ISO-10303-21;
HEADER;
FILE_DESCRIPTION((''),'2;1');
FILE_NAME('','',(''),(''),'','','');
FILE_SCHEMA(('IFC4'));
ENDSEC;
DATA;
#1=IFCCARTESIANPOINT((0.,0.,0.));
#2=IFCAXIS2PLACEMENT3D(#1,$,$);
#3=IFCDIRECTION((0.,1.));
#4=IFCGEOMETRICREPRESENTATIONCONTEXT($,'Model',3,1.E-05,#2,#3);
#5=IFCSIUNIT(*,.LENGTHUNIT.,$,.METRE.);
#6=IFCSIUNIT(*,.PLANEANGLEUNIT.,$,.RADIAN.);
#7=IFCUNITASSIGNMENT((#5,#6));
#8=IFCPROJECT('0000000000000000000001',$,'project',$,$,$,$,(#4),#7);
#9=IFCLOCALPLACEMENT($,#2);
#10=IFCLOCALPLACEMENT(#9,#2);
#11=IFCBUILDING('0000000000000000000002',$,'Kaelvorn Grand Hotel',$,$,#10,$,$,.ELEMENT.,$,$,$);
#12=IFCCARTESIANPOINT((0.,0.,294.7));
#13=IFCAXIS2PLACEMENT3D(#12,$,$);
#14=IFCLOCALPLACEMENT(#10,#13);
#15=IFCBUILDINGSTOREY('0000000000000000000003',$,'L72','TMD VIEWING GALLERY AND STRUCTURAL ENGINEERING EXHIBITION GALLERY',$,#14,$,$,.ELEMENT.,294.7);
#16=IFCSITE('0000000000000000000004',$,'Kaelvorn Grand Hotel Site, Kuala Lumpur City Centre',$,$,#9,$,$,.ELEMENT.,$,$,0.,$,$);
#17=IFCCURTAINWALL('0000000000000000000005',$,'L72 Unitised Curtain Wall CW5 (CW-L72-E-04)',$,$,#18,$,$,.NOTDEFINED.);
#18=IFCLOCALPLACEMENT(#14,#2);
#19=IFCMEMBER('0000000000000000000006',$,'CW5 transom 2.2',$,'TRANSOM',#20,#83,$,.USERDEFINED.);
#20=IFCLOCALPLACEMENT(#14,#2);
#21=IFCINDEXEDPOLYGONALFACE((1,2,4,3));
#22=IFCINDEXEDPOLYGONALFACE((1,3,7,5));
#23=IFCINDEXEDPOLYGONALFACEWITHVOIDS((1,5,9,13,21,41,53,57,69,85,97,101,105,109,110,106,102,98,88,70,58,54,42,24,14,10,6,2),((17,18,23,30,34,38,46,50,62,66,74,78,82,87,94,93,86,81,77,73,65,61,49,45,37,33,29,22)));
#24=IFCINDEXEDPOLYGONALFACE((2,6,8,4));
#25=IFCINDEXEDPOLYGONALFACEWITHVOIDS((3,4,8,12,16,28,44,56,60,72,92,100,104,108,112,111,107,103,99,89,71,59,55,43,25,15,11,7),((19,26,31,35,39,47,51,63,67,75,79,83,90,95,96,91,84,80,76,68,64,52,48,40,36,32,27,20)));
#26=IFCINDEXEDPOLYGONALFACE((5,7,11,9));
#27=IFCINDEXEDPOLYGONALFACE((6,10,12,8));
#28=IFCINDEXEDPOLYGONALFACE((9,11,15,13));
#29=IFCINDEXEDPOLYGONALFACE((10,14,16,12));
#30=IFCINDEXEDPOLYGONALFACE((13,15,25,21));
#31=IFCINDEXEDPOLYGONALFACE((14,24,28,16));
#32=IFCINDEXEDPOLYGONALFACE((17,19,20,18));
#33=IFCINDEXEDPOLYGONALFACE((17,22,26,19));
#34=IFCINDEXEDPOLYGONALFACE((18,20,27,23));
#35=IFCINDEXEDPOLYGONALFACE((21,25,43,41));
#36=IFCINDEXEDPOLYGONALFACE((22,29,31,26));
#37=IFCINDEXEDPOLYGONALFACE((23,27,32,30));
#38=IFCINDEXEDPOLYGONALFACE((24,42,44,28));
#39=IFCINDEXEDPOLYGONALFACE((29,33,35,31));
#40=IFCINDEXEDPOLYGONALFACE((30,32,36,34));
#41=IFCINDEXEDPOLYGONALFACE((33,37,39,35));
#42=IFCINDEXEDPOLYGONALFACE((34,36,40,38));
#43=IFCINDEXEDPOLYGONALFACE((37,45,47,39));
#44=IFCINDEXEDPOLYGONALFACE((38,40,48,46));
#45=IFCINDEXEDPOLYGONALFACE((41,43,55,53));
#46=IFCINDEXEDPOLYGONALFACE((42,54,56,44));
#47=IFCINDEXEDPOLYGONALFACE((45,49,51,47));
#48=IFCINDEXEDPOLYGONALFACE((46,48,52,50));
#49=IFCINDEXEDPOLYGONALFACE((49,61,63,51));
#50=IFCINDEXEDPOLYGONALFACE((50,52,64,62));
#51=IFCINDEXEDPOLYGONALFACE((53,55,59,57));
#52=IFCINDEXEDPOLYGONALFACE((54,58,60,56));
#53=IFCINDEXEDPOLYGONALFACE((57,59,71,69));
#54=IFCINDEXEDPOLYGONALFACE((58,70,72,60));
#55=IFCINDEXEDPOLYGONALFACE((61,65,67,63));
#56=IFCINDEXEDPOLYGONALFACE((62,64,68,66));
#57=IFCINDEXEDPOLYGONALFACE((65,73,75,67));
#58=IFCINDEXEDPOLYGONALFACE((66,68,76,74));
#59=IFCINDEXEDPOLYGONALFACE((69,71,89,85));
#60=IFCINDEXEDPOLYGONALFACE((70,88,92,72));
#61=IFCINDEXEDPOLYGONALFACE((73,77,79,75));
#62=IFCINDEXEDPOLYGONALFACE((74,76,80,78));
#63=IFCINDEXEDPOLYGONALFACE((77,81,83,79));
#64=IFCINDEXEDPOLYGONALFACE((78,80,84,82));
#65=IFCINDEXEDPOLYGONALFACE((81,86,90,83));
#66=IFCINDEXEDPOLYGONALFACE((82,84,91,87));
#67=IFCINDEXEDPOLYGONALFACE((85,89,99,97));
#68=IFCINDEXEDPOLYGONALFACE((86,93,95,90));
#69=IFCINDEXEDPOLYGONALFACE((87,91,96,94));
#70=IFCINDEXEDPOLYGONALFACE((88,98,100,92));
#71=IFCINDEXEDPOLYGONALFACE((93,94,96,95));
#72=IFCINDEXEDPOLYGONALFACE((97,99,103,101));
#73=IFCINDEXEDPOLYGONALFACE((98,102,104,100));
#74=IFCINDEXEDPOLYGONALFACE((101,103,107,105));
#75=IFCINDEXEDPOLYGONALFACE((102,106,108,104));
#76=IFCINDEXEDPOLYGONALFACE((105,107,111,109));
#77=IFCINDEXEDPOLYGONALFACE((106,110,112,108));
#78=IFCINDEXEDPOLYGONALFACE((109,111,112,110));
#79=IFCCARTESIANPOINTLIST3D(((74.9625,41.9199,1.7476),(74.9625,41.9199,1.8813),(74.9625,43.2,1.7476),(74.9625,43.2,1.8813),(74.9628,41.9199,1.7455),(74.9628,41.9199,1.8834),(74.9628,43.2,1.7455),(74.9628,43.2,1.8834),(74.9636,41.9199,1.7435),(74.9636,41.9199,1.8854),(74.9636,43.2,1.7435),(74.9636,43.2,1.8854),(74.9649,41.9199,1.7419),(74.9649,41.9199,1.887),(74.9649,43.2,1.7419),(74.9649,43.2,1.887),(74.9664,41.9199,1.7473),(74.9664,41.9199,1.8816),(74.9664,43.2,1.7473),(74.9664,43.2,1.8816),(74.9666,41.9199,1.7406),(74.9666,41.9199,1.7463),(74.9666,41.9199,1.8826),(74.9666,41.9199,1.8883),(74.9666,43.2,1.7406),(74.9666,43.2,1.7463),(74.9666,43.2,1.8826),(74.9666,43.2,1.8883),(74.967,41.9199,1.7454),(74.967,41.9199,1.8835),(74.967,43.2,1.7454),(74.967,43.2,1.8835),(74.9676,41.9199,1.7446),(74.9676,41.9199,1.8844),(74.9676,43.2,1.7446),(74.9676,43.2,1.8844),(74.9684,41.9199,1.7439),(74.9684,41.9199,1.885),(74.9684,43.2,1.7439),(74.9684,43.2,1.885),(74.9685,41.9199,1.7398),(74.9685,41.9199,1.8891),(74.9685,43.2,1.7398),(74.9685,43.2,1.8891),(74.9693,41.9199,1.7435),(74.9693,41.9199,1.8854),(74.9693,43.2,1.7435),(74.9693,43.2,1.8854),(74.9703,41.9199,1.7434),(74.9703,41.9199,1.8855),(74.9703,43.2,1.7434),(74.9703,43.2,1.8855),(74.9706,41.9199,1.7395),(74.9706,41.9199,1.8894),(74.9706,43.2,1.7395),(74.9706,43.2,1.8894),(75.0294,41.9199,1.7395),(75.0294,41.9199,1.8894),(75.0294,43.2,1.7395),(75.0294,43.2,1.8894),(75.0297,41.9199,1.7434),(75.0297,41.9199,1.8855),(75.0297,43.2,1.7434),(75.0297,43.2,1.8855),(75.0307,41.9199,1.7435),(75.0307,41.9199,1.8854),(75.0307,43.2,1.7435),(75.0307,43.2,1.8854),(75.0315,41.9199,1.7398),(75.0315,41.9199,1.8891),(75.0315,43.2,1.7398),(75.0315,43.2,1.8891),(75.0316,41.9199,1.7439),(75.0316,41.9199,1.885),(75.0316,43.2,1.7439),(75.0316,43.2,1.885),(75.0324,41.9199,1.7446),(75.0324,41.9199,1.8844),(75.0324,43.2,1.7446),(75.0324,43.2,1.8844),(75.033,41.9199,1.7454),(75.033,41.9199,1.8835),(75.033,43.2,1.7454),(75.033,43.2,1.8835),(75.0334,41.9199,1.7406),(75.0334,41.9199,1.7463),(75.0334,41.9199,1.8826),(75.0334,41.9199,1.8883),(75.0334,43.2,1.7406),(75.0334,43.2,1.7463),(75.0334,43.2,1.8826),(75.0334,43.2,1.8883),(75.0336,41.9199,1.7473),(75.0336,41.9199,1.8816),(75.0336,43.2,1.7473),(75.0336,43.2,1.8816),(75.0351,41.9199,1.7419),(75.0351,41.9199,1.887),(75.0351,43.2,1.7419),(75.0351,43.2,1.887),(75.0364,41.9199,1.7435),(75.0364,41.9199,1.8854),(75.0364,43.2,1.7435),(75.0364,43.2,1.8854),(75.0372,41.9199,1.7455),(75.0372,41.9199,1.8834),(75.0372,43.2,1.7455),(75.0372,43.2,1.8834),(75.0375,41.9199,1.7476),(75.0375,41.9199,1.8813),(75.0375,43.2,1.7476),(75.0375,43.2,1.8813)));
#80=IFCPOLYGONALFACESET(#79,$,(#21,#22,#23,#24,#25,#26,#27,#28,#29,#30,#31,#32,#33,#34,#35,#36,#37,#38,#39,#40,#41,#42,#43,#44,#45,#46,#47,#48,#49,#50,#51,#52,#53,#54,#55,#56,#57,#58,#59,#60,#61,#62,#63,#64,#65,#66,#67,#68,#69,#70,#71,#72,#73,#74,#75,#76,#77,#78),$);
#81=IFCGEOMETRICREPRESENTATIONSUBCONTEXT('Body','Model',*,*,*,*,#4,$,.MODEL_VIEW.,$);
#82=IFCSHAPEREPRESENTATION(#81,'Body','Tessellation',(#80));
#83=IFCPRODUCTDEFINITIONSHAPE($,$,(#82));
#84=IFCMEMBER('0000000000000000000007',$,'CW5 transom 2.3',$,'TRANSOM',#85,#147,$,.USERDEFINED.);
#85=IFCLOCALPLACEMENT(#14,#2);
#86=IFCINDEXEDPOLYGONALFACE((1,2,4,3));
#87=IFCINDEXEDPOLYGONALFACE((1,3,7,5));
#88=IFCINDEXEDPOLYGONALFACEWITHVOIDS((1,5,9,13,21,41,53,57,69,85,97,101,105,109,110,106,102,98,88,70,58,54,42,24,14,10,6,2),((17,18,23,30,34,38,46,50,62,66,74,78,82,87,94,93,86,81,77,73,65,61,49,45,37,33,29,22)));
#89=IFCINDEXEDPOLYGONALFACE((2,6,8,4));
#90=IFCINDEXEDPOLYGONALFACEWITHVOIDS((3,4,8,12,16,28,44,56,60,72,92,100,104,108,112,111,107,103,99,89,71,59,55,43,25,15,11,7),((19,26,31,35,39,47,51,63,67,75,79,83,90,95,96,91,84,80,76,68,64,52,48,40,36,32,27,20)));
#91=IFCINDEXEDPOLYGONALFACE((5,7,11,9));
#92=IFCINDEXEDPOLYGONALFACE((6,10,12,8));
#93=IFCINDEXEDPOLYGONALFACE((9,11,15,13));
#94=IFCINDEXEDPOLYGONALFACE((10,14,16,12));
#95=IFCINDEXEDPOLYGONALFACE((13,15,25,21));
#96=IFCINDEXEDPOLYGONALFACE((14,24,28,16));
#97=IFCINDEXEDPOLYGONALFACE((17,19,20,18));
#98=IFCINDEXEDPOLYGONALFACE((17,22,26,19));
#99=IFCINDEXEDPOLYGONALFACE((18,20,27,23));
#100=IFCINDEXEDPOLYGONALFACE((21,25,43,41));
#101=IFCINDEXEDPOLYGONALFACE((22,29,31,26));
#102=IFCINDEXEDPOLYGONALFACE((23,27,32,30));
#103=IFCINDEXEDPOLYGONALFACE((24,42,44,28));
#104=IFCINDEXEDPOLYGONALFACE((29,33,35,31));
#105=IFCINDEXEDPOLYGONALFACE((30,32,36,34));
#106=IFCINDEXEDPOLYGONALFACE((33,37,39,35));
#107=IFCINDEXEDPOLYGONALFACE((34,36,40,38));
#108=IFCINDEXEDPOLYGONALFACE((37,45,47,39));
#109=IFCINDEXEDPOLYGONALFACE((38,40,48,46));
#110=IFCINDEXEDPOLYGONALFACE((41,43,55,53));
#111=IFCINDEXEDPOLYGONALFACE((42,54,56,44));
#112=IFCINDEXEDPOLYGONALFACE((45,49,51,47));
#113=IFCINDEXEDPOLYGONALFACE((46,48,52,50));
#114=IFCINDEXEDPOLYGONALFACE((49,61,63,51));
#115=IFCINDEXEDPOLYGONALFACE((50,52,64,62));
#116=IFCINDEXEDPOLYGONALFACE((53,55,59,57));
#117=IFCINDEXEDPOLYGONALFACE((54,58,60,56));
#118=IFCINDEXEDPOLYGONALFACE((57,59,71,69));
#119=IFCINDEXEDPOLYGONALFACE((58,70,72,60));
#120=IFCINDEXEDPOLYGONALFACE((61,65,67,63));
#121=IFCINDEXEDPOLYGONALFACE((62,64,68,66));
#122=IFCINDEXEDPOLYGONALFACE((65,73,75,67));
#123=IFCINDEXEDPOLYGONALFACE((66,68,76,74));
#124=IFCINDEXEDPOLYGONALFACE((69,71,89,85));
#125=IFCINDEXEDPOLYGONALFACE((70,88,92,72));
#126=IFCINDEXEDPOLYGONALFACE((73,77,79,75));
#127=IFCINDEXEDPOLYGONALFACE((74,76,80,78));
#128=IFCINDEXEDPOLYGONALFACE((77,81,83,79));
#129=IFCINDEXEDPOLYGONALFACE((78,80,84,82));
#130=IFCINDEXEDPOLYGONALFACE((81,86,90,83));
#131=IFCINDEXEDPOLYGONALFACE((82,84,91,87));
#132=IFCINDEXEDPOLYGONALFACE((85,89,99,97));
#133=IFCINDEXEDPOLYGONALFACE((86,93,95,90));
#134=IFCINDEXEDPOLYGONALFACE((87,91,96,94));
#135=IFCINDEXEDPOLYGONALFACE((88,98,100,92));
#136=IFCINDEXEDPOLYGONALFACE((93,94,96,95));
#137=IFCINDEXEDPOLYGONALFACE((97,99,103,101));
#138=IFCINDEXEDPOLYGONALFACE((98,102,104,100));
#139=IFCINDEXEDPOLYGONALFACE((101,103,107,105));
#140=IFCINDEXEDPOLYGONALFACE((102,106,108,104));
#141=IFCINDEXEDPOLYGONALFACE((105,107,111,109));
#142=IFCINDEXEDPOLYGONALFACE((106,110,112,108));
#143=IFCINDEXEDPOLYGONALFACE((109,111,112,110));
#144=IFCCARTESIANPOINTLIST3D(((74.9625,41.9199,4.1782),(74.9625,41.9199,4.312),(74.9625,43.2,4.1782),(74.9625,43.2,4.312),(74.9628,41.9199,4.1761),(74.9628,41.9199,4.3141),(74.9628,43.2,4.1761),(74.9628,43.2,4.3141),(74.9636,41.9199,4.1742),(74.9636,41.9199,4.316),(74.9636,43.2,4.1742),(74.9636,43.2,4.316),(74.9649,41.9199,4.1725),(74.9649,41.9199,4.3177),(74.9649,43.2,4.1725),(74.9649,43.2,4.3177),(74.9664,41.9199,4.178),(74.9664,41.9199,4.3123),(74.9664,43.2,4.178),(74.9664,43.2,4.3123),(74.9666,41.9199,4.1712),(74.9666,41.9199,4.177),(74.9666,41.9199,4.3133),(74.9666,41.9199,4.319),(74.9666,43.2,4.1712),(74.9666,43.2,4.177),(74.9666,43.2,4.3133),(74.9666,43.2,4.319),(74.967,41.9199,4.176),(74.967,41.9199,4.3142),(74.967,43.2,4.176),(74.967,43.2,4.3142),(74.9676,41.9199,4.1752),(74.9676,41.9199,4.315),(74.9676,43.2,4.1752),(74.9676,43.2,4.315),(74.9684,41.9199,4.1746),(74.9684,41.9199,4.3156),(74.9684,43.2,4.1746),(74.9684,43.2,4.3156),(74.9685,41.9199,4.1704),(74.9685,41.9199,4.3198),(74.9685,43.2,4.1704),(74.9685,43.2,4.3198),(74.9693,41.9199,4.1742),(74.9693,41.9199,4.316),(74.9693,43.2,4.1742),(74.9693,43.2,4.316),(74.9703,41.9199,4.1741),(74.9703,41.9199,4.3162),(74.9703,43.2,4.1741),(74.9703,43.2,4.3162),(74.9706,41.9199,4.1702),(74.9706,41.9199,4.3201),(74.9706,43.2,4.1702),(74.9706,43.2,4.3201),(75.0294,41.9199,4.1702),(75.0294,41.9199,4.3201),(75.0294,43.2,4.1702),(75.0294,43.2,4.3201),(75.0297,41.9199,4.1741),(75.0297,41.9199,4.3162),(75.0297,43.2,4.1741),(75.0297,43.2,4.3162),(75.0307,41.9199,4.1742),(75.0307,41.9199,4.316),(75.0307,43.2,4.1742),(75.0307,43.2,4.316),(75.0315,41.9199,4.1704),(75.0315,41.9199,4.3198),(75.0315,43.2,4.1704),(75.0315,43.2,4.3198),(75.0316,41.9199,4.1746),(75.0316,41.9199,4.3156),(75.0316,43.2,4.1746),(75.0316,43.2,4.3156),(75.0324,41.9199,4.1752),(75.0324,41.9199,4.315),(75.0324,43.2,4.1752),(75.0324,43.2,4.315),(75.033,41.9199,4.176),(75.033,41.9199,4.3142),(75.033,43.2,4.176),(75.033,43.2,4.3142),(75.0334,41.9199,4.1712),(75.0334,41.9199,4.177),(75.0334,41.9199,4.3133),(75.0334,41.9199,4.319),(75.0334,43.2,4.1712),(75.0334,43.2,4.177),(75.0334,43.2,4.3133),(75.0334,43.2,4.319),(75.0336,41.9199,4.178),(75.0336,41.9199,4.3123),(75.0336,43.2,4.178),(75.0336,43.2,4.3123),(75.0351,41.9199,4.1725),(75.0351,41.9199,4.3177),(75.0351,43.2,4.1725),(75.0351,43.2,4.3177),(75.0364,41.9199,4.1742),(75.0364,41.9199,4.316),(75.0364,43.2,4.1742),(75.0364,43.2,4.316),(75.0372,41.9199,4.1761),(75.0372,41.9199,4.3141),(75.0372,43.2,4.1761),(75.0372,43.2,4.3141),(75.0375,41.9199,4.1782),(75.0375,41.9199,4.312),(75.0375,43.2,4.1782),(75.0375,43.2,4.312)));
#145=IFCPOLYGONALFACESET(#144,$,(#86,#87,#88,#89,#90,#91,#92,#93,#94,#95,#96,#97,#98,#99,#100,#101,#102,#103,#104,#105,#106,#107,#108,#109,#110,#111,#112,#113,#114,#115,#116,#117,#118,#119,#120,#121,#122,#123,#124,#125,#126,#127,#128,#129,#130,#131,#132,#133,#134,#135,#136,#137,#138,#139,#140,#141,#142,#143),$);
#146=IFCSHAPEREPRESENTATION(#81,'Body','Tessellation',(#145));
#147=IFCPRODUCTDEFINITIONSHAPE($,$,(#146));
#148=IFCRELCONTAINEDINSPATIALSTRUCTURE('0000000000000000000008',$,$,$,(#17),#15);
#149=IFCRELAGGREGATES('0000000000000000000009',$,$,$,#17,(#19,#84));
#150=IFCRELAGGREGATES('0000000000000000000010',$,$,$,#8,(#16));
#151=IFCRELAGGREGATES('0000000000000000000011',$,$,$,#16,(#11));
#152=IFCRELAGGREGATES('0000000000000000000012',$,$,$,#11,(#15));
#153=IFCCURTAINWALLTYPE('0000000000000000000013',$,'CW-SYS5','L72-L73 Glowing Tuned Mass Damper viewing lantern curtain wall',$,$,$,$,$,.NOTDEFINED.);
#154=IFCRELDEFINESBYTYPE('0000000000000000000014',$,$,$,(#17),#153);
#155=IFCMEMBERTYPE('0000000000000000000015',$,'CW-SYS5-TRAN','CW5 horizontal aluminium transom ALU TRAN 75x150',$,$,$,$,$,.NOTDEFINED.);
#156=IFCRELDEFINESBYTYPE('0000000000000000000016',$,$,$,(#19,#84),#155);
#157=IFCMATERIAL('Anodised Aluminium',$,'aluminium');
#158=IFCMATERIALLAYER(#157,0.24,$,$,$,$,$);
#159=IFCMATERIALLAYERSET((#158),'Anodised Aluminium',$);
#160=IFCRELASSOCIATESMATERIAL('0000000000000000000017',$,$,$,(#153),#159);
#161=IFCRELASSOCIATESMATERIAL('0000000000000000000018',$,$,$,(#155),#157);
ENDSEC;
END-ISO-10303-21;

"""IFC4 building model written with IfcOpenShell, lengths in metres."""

from ifc_helpers import new_model, si_unit, direction, frame, origin, origin_2d, place, context, subcontext, project, spatial, hollow_rectangle, extrude, material, layer, layer_set, material_profile, profile_set, type_object, element, aggregate, save


model = new_model("IFC4")

# Units and contexts
model_context = context("Model", 3, precision=1e-05, world=origin(), true_north=direction((0.0, 1.0)))
body_context = subcontext(model_context, "Body", "Model", "MODEL_VIEW")
ifc_project = project(units=[si_unit("LENGTHUNIT", "METRE"), si_unit("PLANEANGLEUNIT", "RADIAN")], contexts=[model_context])

# Site, building, storey
site_placement = place(None, origin())
site = spatial("IfcSite", under=ifc_project, at=site_placement, Name="Kaelvorn Grand Hotel Site, Kuala Lumpur City Centre", CompositionType="ELEMENT", RefElevation=0.0)
building_placement = place(site_placement, origin())
building = spatial("IfcBuilding", under=site, at=building_placement, Name="Kaelvorn Grand Hotel", CompositionType="ELEMENT")
storey_placement = place(building_placement, frame((0.0, 0.0, 294.7)))
storey = spatial("IfcBuildingStorey", under=building, at=storey_placement, Name="L72", Description="TMD VIEWING GALLERY AND STRUCTURAL ENGINEERING EXHIBITION GALLERY", CompositionType="ELEMENT", Elevation=294.7)

# Curtain wall, members
ifc_material_1 = material(Name="Anodised Aluminium", Category="aluminium")
ifc_layer_1 = layer(ifc_material_1, 0.24)
ifc_layer_set_1 = layer_set([ifc_layer_1], Name="Anodised Aluminium")
curtain_wall_type = type_object("IfcCurtainWallType", Name="CW-SYS5", Description="L72-L73 Glowing Tuned Mass Damper viewing lantern curtain wall", PredefinedType="NOTDEFINED", material=ifc_layer_set_1)
curtain_wall_placement = place(storey_placement, origin())
curtain_wall = element("IfcCurtainWall", 1, at=curtain_wall_placement, inside=storey, type_object=curtain_wall_type, Name="L72 Unitised Curtain Wall CW5 (CW-L72-E-04)", PredefinedType="NOTDEFINED")
ifc_material_profile_1 = material_profile(ifc_material_1, hollow_rectangle(XDim=0.075, YDim=0.1499, WallThickness=0.0039, InnerFilletRadius=0.0039, OuterFilletRadius=0.0081, at=origin_2d()), Name="ALU TRAN 75x150")
ifc_profile_set_1 = profile_set([ifc_material_profile_1], Name="Anodised Aluminium")
member_type_1 = type_object("IfcMemberType", Name="CW-SYS5-TRAN", Description="CW5 horizontal aluminium transom ALU TRAN 75x150", PredefinedType="NOTDEFINED", material=ifc_profile_set_1)
member_1_placement = place(storey_placement, frame((75.0, 41.9199, 1.8145), z_axis=(0.0, 1.0, 0.0), x_axis=(-1.0, 0.0, 0.0)))
member_1 = element("IfcMember", 2, at=member_1_placement, type_object=member_type_1, Name="CW5 transom 2.2", ObjectType="TRANSOM", PredefinedType="USERDEFINED", context=body_context, shape_type="SweptSolid", body=[
    extrude(hollow_rectangle(XDim=0.075, YDim=0.1499, WallThickness=0.0039, InnerFilletRadius=0.0039, OuterFilletRadius=0.0081, at=origin_2d()), origin(), (0.0, 0.0, 1.0), 1.28),
])
member_2_placement = place(storey_placement, frame((75.0, 41.9199, 4.2451), z_axis=(0.0, 1.0, 0.0), x_axis=(-1.0, 0.0, 0.0)))
member_2 = element("IfcMember", 3, at=member_2_placement, type_object=member_type_1, Name="CW5 transom 2.3", ObjectType="TRANSOM", PredefinedType="USERDEFINED", context=body_context, shape_type="SweptSolid", body=[
    extrude(hollow_rectangle(XDim=0.075, YDim=0.1499, WallThickness=0.0039, InnerFilletRadius=0.0039, OuterFilletRadius=0.0081, at=origin_2d()), origin(), (0.0, 0.0, 1.0), 1.28),
])
aggregate(curtain_wall, [member_1, member_2])

save(model, "model.ifc")
